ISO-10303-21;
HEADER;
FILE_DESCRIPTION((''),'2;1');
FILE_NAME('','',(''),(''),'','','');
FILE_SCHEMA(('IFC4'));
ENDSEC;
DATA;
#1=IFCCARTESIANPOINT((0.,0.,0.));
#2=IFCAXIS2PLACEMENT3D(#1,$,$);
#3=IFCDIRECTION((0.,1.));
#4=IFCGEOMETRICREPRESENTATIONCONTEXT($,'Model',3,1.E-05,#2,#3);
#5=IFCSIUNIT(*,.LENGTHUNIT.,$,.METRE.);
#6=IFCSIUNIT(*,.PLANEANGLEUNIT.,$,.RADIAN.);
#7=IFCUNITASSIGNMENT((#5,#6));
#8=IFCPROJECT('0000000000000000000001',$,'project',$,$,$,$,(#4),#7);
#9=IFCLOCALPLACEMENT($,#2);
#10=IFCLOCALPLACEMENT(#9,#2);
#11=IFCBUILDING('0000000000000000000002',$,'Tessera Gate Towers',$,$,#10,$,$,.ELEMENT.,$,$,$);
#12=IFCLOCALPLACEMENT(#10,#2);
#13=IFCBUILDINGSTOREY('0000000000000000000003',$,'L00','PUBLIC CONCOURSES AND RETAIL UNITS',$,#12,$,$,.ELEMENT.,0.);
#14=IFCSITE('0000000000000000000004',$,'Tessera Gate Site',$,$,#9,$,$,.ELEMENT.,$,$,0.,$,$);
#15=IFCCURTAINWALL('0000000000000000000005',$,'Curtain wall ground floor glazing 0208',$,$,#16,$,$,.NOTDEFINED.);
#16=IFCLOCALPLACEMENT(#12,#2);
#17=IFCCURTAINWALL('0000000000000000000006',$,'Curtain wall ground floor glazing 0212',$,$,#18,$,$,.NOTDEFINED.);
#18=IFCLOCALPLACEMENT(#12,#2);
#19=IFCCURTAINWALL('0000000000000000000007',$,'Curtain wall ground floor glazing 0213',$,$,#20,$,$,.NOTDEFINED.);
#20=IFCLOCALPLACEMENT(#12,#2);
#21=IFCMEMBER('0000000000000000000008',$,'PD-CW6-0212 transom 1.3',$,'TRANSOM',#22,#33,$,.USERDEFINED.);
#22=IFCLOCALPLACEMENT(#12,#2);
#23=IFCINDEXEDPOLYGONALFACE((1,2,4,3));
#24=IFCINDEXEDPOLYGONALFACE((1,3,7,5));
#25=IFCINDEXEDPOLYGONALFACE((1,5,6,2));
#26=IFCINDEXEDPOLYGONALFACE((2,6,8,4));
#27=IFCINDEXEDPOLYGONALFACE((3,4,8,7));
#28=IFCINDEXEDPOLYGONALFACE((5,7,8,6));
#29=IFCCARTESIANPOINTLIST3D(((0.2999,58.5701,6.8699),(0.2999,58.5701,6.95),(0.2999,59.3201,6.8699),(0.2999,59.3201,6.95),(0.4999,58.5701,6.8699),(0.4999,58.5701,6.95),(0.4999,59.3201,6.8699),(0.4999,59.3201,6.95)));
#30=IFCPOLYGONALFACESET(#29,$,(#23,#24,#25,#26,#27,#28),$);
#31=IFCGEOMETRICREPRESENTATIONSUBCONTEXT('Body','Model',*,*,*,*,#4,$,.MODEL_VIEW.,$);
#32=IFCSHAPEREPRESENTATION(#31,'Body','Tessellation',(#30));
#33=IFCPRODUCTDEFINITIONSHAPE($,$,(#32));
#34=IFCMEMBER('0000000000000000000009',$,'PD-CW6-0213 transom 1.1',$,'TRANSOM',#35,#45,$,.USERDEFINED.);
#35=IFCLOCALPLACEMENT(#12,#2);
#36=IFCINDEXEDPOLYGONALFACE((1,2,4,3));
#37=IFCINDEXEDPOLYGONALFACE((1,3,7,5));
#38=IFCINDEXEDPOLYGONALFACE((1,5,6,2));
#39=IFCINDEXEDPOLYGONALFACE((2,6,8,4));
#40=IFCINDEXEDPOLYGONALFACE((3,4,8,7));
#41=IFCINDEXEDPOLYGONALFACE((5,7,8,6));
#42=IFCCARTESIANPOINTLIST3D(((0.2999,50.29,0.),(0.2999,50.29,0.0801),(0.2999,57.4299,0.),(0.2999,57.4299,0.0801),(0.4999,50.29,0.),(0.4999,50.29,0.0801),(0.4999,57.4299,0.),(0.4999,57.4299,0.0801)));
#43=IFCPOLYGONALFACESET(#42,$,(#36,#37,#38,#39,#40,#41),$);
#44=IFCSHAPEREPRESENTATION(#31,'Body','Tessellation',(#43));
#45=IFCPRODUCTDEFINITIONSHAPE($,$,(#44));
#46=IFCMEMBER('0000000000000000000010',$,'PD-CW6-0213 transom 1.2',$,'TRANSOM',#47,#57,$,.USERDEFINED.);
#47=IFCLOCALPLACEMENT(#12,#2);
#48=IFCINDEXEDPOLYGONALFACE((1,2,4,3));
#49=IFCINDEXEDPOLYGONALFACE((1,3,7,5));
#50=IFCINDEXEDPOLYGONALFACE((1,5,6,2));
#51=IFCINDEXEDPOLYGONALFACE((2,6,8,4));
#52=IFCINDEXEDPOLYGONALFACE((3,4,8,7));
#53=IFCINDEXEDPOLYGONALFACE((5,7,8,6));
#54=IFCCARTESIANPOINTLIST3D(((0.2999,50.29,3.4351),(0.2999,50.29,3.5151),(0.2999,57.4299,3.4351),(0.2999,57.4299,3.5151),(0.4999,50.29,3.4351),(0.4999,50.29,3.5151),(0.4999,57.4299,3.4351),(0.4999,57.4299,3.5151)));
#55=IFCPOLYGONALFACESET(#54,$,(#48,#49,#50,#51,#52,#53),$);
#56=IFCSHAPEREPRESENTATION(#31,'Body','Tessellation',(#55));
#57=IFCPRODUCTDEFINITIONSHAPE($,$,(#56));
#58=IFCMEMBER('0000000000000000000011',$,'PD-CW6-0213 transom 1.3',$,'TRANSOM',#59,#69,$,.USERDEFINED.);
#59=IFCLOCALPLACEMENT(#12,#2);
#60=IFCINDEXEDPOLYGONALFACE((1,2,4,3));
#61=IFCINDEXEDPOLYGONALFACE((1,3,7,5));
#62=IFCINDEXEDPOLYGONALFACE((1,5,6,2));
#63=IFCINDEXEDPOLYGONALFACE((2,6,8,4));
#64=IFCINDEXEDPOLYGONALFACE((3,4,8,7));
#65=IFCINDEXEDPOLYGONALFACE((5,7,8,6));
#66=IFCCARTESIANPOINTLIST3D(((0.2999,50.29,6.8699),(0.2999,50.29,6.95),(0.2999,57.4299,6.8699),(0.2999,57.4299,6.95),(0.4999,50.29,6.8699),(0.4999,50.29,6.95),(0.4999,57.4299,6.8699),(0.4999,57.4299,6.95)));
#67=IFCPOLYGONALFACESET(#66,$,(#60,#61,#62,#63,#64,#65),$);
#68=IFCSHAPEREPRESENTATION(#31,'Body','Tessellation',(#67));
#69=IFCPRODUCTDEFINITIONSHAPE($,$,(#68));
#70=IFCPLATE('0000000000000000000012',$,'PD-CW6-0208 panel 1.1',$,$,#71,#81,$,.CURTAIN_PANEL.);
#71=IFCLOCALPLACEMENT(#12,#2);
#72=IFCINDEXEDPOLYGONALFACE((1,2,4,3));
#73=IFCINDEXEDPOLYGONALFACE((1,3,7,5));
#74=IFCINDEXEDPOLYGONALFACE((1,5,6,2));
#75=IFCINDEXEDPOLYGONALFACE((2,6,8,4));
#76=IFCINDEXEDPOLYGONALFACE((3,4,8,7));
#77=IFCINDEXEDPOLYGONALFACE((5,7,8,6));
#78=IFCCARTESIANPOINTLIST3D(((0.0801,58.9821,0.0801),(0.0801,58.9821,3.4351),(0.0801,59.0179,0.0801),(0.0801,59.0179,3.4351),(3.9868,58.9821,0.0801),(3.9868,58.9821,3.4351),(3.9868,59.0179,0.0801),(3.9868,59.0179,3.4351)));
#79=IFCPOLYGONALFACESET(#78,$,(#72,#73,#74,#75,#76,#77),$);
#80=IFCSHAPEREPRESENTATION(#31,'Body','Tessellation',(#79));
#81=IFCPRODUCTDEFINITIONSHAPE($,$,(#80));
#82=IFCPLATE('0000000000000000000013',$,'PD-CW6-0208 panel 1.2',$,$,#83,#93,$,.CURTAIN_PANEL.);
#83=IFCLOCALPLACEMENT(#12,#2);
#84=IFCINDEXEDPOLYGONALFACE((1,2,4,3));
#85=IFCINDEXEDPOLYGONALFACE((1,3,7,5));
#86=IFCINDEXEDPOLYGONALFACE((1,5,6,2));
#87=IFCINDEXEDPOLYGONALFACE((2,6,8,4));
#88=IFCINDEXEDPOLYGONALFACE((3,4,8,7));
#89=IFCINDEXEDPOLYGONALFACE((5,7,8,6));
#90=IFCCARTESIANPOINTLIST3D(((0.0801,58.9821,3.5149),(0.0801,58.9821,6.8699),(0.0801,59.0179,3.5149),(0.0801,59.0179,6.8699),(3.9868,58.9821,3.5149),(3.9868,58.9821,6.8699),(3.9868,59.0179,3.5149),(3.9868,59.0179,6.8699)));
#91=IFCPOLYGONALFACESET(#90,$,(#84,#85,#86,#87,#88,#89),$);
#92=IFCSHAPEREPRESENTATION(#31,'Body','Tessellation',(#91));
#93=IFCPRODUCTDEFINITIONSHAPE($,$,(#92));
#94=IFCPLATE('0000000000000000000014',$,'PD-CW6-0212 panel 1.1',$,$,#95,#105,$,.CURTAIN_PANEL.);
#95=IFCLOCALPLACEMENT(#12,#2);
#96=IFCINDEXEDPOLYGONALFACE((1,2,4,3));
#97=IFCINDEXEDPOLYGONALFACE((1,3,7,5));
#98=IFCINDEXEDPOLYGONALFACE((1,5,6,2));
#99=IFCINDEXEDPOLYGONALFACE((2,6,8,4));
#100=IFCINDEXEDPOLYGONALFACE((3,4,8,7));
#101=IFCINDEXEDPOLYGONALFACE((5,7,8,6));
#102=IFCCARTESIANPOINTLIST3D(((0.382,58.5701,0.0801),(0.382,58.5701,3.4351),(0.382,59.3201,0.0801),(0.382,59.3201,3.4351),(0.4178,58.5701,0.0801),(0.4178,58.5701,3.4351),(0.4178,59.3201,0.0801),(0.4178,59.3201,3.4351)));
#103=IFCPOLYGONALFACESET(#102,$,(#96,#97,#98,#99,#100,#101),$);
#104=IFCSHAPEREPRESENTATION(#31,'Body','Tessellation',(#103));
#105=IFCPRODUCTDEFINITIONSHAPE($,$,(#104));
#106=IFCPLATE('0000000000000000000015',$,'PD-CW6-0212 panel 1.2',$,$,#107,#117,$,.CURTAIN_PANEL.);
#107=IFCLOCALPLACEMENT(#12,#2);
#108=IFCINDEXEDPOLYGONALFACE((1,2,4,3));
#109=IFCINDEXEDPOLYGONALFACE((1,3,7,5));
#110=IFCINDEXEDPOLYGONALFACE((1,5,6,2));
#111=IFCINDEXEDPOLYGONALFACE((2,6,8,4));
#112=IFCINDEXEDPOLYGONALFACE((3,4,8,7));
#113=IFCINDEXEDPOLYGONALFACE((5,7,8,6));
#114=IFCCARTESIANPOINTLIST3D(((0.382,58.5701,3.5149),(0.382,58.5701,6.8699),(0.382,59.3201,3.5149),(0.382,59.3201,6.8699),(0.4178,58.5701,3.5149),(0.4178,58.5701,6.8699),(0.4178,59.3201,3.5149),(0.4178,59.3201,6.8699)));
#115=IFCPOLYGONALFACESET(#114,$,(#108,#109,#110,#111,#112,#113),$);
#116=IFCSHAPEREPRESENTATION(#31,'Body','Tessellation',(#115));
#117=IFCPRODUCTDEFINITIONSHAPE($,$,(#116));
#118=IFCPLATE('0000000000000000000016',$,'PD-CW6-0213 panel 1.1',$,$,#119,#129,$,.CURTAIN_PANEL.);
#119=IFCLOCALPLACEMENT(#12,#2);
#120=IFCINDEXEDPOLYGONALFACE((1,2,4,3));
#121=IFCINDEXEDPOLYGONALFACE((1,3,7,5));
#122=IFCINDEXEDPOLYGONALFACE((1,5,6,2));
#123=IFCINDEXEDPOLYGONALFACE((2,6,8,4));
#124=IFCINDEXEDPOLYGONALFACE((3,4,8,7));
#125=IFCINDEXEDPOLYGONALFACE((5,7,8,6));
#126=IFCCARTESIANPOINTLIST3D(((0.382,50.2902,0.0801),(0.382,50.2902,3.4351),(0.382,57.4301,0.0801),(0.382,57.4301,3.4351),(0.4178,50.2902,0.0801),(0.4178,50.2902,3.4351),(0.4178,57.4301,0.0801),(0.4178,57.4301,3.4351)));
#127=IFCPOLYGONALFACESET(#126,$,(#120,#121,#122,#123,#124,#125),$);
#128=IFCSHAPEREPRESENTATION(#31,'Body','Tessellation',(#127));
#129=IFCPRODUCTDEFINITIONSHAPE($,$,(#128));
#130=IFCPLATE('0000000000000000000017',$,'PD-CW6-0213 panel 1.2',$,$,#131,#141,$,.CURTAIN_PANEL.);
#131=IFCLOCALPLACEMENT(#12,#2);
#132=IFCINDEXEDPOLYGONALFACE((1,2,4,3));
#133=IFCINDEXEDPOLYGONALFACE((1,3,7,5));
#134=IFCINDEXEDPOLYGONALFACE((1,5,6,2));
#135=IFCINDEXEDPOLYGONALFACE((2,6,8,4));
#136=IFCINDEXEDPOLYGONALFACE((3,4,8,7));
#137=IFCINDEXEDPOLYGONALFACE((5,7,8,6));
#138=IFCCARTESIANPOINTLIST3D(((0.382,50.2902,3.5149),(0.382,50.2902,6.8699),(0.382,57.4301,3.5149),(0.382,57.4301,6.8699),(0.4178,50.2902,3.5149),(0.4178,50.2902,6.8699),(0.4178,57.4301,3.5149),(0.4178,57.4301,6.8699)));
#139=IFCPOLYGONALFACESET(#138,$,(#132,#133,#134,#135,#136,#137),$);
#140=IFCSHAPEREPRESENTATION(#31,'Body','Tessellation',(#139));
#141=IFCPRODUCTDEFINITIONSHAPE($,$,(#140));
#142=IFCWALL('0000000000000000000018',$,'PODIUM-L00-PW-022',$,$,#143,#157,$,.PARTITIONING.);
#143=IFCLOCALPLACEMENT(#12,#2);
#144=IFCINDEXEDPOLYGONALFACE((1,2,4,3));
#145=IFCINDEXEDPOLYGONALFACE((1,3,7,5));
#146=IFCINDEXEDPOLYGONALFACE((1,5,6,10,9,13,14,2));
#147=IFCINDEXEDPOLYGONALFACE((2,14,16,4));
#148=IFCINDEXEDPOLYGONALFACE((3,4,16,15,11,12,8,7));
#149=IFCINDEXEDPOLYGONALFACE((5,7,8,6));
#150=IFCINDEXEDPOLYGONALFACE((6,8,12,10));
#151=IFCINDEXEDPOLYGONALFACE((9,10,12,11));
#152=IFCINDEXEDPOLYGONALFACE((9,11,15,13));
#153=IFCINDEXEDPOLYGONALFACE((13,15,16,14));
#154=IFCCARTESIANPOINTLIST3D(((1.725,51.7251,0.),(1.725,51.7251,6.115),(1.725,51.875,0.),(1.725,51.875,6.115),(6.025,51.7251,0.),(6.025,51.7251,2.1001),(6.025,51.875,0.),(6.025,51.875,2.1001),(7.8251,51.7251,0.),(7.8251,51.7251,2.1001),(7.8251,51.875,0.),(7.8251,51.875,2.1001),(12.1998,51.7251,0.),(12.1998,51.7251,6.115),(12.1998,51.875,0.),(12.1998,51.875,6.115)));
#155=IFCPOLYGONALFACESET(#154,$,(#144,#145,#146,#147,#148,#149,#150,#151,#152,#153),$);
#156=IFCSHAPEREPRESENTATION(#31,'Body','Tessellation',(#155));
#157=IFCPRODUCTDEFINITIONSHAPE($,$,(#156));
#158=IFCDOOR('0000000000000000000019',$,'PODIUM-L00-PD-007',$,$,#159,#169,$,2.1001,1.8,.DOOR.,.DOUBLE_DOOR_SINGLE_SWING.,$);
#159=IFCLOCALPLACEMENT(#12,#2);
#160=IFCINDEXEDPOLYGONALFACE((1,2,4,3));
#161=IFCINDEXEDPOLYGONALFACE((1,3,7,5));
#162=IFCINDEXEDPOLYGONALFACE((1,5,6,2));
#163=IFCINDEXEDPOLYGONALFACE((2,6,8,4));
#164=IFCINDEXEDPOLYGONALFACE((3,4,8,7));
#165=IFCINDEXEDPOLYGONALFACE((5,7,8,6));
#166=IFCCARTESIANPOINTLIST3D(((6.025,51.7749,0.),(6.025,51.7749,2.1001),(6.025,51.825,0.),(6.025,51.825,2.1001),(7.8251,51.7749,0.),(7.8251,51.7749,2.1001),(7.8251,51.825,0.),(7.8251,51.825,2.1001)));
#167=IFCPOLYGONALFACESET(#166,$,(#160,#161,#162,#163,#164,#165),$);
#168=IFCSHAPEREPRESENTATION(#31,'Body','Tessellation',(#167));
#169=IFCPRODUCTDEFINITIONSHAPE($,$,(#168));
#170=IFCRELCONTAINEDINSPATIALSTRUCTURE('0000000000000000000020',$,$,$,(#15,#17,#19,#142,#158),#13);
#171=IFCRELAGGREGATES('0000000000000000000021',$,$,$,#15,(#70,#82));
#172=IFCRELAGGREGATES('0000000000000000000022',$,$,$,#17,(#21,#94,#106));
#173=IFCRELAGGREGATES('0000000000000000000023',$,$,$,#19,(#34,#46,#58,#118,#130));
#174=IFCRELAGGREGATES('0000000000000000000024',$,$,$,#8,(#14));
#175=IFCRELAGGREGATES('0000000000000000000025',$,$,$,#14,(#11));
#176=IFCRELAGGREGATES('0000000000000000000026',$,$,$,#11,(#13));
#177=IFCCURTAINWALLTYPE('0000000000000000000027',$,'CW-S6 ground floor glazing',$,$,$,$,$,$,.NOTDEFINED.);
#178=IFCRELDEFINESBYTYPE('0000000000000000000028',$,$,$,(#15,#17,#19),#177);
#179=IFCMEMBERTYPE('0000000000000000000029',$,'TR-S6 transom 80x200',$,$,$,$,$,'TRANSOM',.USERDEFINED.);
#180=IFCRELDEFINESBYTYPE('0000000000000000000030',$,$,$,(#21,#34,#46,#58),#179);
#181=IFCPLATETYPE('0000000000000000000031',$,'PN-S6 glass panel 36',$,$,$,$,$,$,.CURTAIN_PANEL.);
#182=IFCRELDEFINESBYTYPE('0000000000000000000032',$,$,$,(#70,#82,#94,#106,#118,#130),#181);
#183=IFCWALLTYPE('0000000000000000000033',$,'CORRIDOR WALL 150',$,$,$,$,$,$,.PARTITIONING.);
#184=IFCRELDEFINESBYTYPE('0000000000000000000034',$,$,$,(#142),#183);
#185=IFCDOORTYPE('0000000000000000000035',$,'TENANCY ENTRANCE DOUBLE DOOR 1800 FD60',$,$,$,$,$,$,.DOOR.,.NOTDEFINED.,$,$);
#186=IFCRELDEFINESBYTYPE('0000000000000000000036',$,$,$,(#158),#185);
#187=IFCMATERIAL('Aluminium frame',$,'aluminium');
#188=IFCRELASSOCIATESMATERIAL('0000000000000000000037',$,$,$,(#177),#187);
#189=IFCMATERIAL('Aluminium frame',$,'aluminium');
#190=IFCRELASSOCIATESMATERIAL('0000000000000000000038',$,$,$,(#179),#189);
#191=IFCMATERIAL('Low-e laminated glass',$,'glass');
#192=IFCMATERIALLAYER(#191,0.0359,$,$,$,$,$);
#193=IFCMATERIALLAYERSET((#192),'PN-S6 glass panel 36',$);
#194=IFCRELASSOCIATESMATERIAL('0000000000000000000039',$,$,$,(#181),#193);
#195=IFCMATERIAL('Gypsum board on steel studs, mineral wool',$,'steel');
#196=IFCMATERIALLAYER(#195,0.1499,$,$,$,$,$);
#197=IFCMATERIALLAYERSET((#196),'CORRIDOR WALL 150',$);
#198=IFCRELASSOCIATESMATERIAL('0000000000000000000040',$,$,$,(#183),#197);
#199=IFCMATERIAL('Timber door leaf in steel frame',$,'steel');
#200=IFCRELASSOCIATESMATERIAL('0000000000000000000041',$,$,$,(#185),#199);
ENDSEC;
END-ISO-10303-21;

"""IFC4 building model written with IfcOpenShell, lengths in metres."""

from ifc_helpers import new_model, si_unit, direction, frame, frame_2d, origin, origin_2d, place, context, subcontext, project, spatial, rectangle, extrude, source, transform, mapped, material, layer, layer_set, material_profile, profile_set, type_object, element, fill, aggregate, save


model = new_model("IFC4")

# Units and contexts
model_context = context("Model", 3, precision=1e-05, world=origin(), true_north=direction((0.0, 1.0)))
body_context = subcontext(model_context, "Body", "Model", "MODEL_VIEW")
ifc_project = project(units=[si_unit("LENGTHUNIT", "METRE"), si_unit("PLANEANGLEUNIT", "RADIAN")], contexts=[model_context])

# Site, building, storey
site_placement = place(None, origin())
site = spatial("IfcSite", under=ifc_project, at=site_placement, Name="Tessera Gate Site", CompositionType="ELEMENT", RefElevation=0.0)
building_placement = place(site_placement, origin())
building = spatial("IfcBuilding", under=site, at=building_placement, Name="Tessera Gate Towers", CompositionType="ELEMENT")
storey_placement = place(building_placement, origin())
storey = spatial("IfcBuildingStorey", under=building, at=storey_placement, Name="L00", Description="PUBLIC CONCOURSES AND RETAIL UNITS", CompositionType="ELEMENT", Elevation=0.0)

# Curtain walls
ifc_material_1 = material(Name="Aluminium frame", Category="aluminium")
curtain_wall_type = type_object("IfcCurtainWallType", Name="CW-S6 ground floor glazing", PredefinedType="NOTDEFINED", material=ifc_material_1)
curtain_wall_1_placement = place(storey_placement, origin())
curtain_wall_1 = element("IfcCurtainWall", 1, at=curtain_wall_1_placement, inside=storey, type_object=curtain_wall_type, Name="Curtain wall ground floor glazing 0208", PredefinedType="NOTDEFINED")
curtain_wall_2_placement = place(storey_placement, origin())
curtain_wall_2 = element("IfcCurtainWall", 2, at=curtain_wall_2_placement, inside=storey, type_object=curtain_wall_type, Name="Curtain wall ground floor glazing 0212", PredefinedType="NOTDEFINED")

# Curtain wall
curtain_wall_3_placement = place(storey_placement, origin())
curtain_wall_3 = element("IfcCurtainWall", 3, at=curtain_wall_3_placement, inside=storey, type_object=curtain_wall_type, Name="Curtain wall ground floor glazing 0213", PredefinedType="NOTDEFINED")

# Members
ifc_material_2 = material(Name="Aluminium frame", Category="aluminium")
ifc_material_profile_1 = material_profile(ifc_material_2, rectangle(XDim=0.2, YDim=0.0801, at=origin_2d()), Name="AL 80x200")
ifc_profile_set_1 = profile_set([ifc_material_profile_1], Name="Aluminium frame")
member_type_1 = type_object("IfcMemberType", Name="TR-S6 transom 80x200", ElementType="TRANSOM", PredefinedType="USERDEFINED", material=ifc_profile_set_1)
member_1_placement = place(storey_placement, frame((0.3999, 59.3201, 6.9099), z_axis=(0.0, -1.0, 0.0), x_axis=(1.0, 0.0, 0.0)))
member_1 = element("IfcMember", 4, at=member_1_placement, type_object=member_type_1, Name="PD-CW6-0212 transom 1.3", ObjectType="TRANSOM", PredefinedType="USERDEFINED", context=body_context, shape_type="SweptSolid", body=[
    extrude(rectangle(XDim=0.2, YDim=0.0801, at=origin_2d()), origin(), (0.0, 0.0, 1.0), 0.75),
])
member_2_placement = place(storey_placement, frame((0.3999, 57.4299, 0.04), z_axis=(0.0, -1.0, 0.0), x_axis=(1.0, 0.0, 0.0)))
member_2 = element("IfcMember", 5, at=member_2_placement, type_object=member_type_1, Name="PD-CW6-0213 transom 1.1", ObjectType="TRANSOM", PredefinedType="USERDEFINED", context=body_context, shape_type="SweptSolid", body=[
    extrude(rectangle(XDim=0.2, YDim=0.0801, at=origin_2d()), origin(), (0.0, 0.0, 1.0), 7.1399),
])
member_3_placement = place(storey_placement, frame((0.3999, 57.4299, 3.4751), z_axis=(0.0, -1.0, 0.0), x_axis=(1.0, 0.0, 0.0)))
member_3 = element("IfcMember", 6, at=member_3_placement, type_object=member_type_1, Name="PD-CW6-0213 transom 1.2", ObjectType="TRANSOM", PredefinedType="USERDEFINED", context=body_context, shape_type="SweptSolid", body=[
    extrude(rectangle(XDim=0.2, YDim=0.0801, at=origin_2d()), origin(), (0.0, 0.0, 1.0), 7.1399),
])
member_4_placement = place(storey_placement, frame((0.3999, 57.4299, 6.9099), z_axis=(0.0, -1.0, 0.0), x_axis=(1.0, 0.0, 0.0)))
member_4 = element("IfcMember", 7, at=member_4_placement, type_object=member_type_1, Name="PD-CW6-0213 transom 1.3", ObjectType="TRANSOM", PredefinedType="USERDEFINED", context=body_context, shape_type="SweptSolid", body=[
    extrude(rectangle(XDim=0.2, YDim=0.0801, at=origin_2d()), origin(), (0.0, 0.0, 1.0), 7.1399),
])

# Plates
ifc_material_3 = material(Name="Low-e laminated glass", Category="glass")
ifc_layer_1 = layer(ifc_material_3, 0.0359)
ifc_layer_set_1 = layer_set([ifc_layer_1], Name="PN-S6 glass panel 36")
plate_type = type_object("IfcPlateType", Name="PN-S6 glass panel 36", PredefinedType="CURTAIN_PANEL", material=ifc_layer_set_1)
plate_1_placement = place(storey_placement, frame((2.0334, 59.0, 0.0801), z_axis=(0.0, 0.0, 1.0), x_axis=(-1.0, 0.0, 0.0)))
plate_1 = element("IfcPlate", 8, at=plate_1_placement, type_object=plate_type, Name="PD-CW6-0208 panel 1.1", PredefinedType="CURTAIN_PANEL", context=body_context, shape_type="SweptSolid", body=[
    extrude(rectangle(XDim=3.9067, YDim=0.0359, at=origin_2d()), origin(), (0.0, 0.0, 1.0), 3.355),
])
plate_2_placement = place(storey_placement, frame((2.0334, 59.0, 3.5149), z_axis=(0.0, 0.0, 1.0), x_axis=(-1.0, 0.0, 0.0)))
plate_2 = element("IfcPlate", 9, at=plate_2_placement, type_object=plate_type, Name="PD-CW6-0208 panel 1.2", PredefinedType="CURTAIN_PANEL", context=body_context, shape_type="SweptSolid", body=[
    extrude(rectangle(XDim=3.9067, YDim=0.0359, at=origin_2d()), origin(), (0.0, 0.0, 1.0), 3.355),
])
aggregate(curtain_wall_1, [plate_1, plate_2])
plate_3_placement = place(storey_placement, frame((0.3999, 58.9451, 0.0801), z_axis=(0.0, 0.0, 1.0), x_axis=(0.0, -1.0, 0.0)))
plate_3 = element("IfcPlate", 10, at=plate_3_placement, type_object=plate_type, Name="PD-CW6-0212 panel 1.1", PredefinedType="CURTAIN_PANEL", context=body_context, shape_type="SweptSolid", body=[
    extrude(rectangle(XDim=0.75, YDim=0.0359, at=origin_2d()), origin(), (0.0, 0.0, 1.0), 3.355),
])
plate_4_placement = place(storey_placement, frame((0.3999, 58.9451, 3.5149), z_axis=(0.0, 0.0, 1.0), x_axis=(0.0, -1.0, 0.0)))
plate_4 = element("IfcPlate", 11, at=plate_4_placement, type_object=plate_type, Name="PD-CW6-0212 panel 1.2", PredefinedType="CURTAIN_PANEL", context=body_context, shape_type="SweptSolid", body=[
    extrude(rectangle(XDim=0.75, YDim=0.0359, at=origin_2d()), origin(), (0.0, 0.0, 1.0), 3.355),
])
aggregate(curtain_wall_2, [member_1, plate_3, plate_4])
plate_5_placement = place(storey_placement, frame((0.3999, 53.8601, 0.0801), z_axis=(0.0, 0.0, 1.0), x_axis=(0.0, -1.0, 0.0)))
plate_5 = element("IfcPlate", 12, at=plate_5_placement, type_object=plate_type, Name="PD-CW6-0213 panel 1.1", PredefinedType="CURTAIN_PANEL", context=body_context, shape_type="SweptSolid", body=[
    extrude(rectangle(XDim=7.1399, YDim=0.0359, at=origin_2d()), origin(), (0.0, 0.0, 1.0), 3.355),
])
plate_6_placement = place(storey_placement, frame((0.3999, 53.8601, 3.5149), z_axis=(0.0, 0.0, 1.0), x_axis=(0.0, -1.0, 0.0)))
plate_6 = element("IfcPlate", 13, at=plate_6_placement, type_object=plate_type, Name="PD-CW6-0213 panel 1.2", PredefinedType="CURTAIN_PANEL", context=body_context, shape_type="SweptSolid", body=[
    extrude(rectangle(XDim=7.1399, YDim=0.0359, at=origin_2d()), origin(), (0.0, 0.0, 1.0), 3.355),
])
aggregate(curtain_wall_3, [member_2, member_3, member_4, plate_5, plate_6])

# Wall, opening, door
ifc_material_4 = material(Name="Gypsum board on steel studs, mineral wool", Category="steel")
ifc_layer_2 = layer(ifc_material_4, 0.1499)
ifc_layer_set_2 = layer_set([ifc_layer_2], Name="CORRIDOR WALL 150")
wall_type_1 = type_object("IfcWallType", Name="CORRIDOR WALL 150", PredefinedType="PARTITIONING", material=ifc_layer_set_2)
wall_1_placement = place(storey_placement, frame((1.7251, 51.8, 0.0), z_axis=(0.0, 0.0, 1.0), x_axis=(1.0, 0.0, 0.0)))
wall_1 = element("IfcWall", 14, at=wall_1_placement, inside=storey, type_object=wall_type_1, Name="PODIUM-L00-PW-022", PredefinedType="PARTITIONING", context=body_context, shape_type="SweptSolid", body=[
    extrude(rectangle(XDim=10.4749, YDim=0.1499, at=frame_2d((5.2373, 0.0))), origin(), (0.0, 0.0, 1.0), 6.115),
])
shared_shape_1 = source(origin(), body_context, "Body", "SweptSolid", [
    extrude(rectangle(XDim=1.8, YDim=2.1001, at=frame_2d((0.8999, 1.05))), frame((0.0, 0.085, 0.0), z_axis=(0.0, -1.0, 0.0), x_axis=(1.0, 0.0, 0.0)), (0.0, 0.0, 1.0), 0.1699),
])
opening_1_placement = place(wall_1_placement, frame((4.3, 0.0, 0.0)))
opening_1 = element("IfcOpeningElement", 15, at=opening_1_placement, cuts=wall_1, PredefinedType="OPENING", context=body_context, shape_type="MappedRepresentation", body=[
    mapped(shared_shape_1, transform((0.0, 0.0, 0.0), scale=1.0)),
])
ifc_material_5 = material(Name="Timber door leaf in steel frame", Category="steel")
door_type_1 = type_object("IfcDoorType", Name="TENANCY ENTRANCE DOUBLE DOOR 1800 FD60", OperationType="NOTDEFINED", PredefinedType="DOOR", material=ifc_material_5)
shared_shape_2 = source(origin(), body_context, "Body", "SweptSolid", [
    extrude(rectangle(XDim=1.8, YDim=2.1001, at=frame_2d((0.8999, 1.05))), frame((0.0, 0.0249, 0.0), z_axis=(0.0, -1.0, 0.0), x_axis=(1.0, 0.0, 0.0)), (0.0, 0.0, 1.0), 0.05),
])
door_1_placement = place(opening_1_placement, origin())
door_1 = element("IfcDoor", 16, at=door_1_placement, inside=storey, type_object=door_type_1, Name="PODIUM-L00-PD-007", OperationType="DOUBLE_DOOR_SINGLE_SWING", OverallHeight=2.1001, OverallWidth=1.8, PredefinedType="DOOR", context=body_context, shape_type="MappedRepresentation", body=[
    mapped(shared_shape_2, transform((0.0, 0.0, 0.0), scale=1.0)),
])
fill(opening_1, door_1)

save(model, "model.ifc")
